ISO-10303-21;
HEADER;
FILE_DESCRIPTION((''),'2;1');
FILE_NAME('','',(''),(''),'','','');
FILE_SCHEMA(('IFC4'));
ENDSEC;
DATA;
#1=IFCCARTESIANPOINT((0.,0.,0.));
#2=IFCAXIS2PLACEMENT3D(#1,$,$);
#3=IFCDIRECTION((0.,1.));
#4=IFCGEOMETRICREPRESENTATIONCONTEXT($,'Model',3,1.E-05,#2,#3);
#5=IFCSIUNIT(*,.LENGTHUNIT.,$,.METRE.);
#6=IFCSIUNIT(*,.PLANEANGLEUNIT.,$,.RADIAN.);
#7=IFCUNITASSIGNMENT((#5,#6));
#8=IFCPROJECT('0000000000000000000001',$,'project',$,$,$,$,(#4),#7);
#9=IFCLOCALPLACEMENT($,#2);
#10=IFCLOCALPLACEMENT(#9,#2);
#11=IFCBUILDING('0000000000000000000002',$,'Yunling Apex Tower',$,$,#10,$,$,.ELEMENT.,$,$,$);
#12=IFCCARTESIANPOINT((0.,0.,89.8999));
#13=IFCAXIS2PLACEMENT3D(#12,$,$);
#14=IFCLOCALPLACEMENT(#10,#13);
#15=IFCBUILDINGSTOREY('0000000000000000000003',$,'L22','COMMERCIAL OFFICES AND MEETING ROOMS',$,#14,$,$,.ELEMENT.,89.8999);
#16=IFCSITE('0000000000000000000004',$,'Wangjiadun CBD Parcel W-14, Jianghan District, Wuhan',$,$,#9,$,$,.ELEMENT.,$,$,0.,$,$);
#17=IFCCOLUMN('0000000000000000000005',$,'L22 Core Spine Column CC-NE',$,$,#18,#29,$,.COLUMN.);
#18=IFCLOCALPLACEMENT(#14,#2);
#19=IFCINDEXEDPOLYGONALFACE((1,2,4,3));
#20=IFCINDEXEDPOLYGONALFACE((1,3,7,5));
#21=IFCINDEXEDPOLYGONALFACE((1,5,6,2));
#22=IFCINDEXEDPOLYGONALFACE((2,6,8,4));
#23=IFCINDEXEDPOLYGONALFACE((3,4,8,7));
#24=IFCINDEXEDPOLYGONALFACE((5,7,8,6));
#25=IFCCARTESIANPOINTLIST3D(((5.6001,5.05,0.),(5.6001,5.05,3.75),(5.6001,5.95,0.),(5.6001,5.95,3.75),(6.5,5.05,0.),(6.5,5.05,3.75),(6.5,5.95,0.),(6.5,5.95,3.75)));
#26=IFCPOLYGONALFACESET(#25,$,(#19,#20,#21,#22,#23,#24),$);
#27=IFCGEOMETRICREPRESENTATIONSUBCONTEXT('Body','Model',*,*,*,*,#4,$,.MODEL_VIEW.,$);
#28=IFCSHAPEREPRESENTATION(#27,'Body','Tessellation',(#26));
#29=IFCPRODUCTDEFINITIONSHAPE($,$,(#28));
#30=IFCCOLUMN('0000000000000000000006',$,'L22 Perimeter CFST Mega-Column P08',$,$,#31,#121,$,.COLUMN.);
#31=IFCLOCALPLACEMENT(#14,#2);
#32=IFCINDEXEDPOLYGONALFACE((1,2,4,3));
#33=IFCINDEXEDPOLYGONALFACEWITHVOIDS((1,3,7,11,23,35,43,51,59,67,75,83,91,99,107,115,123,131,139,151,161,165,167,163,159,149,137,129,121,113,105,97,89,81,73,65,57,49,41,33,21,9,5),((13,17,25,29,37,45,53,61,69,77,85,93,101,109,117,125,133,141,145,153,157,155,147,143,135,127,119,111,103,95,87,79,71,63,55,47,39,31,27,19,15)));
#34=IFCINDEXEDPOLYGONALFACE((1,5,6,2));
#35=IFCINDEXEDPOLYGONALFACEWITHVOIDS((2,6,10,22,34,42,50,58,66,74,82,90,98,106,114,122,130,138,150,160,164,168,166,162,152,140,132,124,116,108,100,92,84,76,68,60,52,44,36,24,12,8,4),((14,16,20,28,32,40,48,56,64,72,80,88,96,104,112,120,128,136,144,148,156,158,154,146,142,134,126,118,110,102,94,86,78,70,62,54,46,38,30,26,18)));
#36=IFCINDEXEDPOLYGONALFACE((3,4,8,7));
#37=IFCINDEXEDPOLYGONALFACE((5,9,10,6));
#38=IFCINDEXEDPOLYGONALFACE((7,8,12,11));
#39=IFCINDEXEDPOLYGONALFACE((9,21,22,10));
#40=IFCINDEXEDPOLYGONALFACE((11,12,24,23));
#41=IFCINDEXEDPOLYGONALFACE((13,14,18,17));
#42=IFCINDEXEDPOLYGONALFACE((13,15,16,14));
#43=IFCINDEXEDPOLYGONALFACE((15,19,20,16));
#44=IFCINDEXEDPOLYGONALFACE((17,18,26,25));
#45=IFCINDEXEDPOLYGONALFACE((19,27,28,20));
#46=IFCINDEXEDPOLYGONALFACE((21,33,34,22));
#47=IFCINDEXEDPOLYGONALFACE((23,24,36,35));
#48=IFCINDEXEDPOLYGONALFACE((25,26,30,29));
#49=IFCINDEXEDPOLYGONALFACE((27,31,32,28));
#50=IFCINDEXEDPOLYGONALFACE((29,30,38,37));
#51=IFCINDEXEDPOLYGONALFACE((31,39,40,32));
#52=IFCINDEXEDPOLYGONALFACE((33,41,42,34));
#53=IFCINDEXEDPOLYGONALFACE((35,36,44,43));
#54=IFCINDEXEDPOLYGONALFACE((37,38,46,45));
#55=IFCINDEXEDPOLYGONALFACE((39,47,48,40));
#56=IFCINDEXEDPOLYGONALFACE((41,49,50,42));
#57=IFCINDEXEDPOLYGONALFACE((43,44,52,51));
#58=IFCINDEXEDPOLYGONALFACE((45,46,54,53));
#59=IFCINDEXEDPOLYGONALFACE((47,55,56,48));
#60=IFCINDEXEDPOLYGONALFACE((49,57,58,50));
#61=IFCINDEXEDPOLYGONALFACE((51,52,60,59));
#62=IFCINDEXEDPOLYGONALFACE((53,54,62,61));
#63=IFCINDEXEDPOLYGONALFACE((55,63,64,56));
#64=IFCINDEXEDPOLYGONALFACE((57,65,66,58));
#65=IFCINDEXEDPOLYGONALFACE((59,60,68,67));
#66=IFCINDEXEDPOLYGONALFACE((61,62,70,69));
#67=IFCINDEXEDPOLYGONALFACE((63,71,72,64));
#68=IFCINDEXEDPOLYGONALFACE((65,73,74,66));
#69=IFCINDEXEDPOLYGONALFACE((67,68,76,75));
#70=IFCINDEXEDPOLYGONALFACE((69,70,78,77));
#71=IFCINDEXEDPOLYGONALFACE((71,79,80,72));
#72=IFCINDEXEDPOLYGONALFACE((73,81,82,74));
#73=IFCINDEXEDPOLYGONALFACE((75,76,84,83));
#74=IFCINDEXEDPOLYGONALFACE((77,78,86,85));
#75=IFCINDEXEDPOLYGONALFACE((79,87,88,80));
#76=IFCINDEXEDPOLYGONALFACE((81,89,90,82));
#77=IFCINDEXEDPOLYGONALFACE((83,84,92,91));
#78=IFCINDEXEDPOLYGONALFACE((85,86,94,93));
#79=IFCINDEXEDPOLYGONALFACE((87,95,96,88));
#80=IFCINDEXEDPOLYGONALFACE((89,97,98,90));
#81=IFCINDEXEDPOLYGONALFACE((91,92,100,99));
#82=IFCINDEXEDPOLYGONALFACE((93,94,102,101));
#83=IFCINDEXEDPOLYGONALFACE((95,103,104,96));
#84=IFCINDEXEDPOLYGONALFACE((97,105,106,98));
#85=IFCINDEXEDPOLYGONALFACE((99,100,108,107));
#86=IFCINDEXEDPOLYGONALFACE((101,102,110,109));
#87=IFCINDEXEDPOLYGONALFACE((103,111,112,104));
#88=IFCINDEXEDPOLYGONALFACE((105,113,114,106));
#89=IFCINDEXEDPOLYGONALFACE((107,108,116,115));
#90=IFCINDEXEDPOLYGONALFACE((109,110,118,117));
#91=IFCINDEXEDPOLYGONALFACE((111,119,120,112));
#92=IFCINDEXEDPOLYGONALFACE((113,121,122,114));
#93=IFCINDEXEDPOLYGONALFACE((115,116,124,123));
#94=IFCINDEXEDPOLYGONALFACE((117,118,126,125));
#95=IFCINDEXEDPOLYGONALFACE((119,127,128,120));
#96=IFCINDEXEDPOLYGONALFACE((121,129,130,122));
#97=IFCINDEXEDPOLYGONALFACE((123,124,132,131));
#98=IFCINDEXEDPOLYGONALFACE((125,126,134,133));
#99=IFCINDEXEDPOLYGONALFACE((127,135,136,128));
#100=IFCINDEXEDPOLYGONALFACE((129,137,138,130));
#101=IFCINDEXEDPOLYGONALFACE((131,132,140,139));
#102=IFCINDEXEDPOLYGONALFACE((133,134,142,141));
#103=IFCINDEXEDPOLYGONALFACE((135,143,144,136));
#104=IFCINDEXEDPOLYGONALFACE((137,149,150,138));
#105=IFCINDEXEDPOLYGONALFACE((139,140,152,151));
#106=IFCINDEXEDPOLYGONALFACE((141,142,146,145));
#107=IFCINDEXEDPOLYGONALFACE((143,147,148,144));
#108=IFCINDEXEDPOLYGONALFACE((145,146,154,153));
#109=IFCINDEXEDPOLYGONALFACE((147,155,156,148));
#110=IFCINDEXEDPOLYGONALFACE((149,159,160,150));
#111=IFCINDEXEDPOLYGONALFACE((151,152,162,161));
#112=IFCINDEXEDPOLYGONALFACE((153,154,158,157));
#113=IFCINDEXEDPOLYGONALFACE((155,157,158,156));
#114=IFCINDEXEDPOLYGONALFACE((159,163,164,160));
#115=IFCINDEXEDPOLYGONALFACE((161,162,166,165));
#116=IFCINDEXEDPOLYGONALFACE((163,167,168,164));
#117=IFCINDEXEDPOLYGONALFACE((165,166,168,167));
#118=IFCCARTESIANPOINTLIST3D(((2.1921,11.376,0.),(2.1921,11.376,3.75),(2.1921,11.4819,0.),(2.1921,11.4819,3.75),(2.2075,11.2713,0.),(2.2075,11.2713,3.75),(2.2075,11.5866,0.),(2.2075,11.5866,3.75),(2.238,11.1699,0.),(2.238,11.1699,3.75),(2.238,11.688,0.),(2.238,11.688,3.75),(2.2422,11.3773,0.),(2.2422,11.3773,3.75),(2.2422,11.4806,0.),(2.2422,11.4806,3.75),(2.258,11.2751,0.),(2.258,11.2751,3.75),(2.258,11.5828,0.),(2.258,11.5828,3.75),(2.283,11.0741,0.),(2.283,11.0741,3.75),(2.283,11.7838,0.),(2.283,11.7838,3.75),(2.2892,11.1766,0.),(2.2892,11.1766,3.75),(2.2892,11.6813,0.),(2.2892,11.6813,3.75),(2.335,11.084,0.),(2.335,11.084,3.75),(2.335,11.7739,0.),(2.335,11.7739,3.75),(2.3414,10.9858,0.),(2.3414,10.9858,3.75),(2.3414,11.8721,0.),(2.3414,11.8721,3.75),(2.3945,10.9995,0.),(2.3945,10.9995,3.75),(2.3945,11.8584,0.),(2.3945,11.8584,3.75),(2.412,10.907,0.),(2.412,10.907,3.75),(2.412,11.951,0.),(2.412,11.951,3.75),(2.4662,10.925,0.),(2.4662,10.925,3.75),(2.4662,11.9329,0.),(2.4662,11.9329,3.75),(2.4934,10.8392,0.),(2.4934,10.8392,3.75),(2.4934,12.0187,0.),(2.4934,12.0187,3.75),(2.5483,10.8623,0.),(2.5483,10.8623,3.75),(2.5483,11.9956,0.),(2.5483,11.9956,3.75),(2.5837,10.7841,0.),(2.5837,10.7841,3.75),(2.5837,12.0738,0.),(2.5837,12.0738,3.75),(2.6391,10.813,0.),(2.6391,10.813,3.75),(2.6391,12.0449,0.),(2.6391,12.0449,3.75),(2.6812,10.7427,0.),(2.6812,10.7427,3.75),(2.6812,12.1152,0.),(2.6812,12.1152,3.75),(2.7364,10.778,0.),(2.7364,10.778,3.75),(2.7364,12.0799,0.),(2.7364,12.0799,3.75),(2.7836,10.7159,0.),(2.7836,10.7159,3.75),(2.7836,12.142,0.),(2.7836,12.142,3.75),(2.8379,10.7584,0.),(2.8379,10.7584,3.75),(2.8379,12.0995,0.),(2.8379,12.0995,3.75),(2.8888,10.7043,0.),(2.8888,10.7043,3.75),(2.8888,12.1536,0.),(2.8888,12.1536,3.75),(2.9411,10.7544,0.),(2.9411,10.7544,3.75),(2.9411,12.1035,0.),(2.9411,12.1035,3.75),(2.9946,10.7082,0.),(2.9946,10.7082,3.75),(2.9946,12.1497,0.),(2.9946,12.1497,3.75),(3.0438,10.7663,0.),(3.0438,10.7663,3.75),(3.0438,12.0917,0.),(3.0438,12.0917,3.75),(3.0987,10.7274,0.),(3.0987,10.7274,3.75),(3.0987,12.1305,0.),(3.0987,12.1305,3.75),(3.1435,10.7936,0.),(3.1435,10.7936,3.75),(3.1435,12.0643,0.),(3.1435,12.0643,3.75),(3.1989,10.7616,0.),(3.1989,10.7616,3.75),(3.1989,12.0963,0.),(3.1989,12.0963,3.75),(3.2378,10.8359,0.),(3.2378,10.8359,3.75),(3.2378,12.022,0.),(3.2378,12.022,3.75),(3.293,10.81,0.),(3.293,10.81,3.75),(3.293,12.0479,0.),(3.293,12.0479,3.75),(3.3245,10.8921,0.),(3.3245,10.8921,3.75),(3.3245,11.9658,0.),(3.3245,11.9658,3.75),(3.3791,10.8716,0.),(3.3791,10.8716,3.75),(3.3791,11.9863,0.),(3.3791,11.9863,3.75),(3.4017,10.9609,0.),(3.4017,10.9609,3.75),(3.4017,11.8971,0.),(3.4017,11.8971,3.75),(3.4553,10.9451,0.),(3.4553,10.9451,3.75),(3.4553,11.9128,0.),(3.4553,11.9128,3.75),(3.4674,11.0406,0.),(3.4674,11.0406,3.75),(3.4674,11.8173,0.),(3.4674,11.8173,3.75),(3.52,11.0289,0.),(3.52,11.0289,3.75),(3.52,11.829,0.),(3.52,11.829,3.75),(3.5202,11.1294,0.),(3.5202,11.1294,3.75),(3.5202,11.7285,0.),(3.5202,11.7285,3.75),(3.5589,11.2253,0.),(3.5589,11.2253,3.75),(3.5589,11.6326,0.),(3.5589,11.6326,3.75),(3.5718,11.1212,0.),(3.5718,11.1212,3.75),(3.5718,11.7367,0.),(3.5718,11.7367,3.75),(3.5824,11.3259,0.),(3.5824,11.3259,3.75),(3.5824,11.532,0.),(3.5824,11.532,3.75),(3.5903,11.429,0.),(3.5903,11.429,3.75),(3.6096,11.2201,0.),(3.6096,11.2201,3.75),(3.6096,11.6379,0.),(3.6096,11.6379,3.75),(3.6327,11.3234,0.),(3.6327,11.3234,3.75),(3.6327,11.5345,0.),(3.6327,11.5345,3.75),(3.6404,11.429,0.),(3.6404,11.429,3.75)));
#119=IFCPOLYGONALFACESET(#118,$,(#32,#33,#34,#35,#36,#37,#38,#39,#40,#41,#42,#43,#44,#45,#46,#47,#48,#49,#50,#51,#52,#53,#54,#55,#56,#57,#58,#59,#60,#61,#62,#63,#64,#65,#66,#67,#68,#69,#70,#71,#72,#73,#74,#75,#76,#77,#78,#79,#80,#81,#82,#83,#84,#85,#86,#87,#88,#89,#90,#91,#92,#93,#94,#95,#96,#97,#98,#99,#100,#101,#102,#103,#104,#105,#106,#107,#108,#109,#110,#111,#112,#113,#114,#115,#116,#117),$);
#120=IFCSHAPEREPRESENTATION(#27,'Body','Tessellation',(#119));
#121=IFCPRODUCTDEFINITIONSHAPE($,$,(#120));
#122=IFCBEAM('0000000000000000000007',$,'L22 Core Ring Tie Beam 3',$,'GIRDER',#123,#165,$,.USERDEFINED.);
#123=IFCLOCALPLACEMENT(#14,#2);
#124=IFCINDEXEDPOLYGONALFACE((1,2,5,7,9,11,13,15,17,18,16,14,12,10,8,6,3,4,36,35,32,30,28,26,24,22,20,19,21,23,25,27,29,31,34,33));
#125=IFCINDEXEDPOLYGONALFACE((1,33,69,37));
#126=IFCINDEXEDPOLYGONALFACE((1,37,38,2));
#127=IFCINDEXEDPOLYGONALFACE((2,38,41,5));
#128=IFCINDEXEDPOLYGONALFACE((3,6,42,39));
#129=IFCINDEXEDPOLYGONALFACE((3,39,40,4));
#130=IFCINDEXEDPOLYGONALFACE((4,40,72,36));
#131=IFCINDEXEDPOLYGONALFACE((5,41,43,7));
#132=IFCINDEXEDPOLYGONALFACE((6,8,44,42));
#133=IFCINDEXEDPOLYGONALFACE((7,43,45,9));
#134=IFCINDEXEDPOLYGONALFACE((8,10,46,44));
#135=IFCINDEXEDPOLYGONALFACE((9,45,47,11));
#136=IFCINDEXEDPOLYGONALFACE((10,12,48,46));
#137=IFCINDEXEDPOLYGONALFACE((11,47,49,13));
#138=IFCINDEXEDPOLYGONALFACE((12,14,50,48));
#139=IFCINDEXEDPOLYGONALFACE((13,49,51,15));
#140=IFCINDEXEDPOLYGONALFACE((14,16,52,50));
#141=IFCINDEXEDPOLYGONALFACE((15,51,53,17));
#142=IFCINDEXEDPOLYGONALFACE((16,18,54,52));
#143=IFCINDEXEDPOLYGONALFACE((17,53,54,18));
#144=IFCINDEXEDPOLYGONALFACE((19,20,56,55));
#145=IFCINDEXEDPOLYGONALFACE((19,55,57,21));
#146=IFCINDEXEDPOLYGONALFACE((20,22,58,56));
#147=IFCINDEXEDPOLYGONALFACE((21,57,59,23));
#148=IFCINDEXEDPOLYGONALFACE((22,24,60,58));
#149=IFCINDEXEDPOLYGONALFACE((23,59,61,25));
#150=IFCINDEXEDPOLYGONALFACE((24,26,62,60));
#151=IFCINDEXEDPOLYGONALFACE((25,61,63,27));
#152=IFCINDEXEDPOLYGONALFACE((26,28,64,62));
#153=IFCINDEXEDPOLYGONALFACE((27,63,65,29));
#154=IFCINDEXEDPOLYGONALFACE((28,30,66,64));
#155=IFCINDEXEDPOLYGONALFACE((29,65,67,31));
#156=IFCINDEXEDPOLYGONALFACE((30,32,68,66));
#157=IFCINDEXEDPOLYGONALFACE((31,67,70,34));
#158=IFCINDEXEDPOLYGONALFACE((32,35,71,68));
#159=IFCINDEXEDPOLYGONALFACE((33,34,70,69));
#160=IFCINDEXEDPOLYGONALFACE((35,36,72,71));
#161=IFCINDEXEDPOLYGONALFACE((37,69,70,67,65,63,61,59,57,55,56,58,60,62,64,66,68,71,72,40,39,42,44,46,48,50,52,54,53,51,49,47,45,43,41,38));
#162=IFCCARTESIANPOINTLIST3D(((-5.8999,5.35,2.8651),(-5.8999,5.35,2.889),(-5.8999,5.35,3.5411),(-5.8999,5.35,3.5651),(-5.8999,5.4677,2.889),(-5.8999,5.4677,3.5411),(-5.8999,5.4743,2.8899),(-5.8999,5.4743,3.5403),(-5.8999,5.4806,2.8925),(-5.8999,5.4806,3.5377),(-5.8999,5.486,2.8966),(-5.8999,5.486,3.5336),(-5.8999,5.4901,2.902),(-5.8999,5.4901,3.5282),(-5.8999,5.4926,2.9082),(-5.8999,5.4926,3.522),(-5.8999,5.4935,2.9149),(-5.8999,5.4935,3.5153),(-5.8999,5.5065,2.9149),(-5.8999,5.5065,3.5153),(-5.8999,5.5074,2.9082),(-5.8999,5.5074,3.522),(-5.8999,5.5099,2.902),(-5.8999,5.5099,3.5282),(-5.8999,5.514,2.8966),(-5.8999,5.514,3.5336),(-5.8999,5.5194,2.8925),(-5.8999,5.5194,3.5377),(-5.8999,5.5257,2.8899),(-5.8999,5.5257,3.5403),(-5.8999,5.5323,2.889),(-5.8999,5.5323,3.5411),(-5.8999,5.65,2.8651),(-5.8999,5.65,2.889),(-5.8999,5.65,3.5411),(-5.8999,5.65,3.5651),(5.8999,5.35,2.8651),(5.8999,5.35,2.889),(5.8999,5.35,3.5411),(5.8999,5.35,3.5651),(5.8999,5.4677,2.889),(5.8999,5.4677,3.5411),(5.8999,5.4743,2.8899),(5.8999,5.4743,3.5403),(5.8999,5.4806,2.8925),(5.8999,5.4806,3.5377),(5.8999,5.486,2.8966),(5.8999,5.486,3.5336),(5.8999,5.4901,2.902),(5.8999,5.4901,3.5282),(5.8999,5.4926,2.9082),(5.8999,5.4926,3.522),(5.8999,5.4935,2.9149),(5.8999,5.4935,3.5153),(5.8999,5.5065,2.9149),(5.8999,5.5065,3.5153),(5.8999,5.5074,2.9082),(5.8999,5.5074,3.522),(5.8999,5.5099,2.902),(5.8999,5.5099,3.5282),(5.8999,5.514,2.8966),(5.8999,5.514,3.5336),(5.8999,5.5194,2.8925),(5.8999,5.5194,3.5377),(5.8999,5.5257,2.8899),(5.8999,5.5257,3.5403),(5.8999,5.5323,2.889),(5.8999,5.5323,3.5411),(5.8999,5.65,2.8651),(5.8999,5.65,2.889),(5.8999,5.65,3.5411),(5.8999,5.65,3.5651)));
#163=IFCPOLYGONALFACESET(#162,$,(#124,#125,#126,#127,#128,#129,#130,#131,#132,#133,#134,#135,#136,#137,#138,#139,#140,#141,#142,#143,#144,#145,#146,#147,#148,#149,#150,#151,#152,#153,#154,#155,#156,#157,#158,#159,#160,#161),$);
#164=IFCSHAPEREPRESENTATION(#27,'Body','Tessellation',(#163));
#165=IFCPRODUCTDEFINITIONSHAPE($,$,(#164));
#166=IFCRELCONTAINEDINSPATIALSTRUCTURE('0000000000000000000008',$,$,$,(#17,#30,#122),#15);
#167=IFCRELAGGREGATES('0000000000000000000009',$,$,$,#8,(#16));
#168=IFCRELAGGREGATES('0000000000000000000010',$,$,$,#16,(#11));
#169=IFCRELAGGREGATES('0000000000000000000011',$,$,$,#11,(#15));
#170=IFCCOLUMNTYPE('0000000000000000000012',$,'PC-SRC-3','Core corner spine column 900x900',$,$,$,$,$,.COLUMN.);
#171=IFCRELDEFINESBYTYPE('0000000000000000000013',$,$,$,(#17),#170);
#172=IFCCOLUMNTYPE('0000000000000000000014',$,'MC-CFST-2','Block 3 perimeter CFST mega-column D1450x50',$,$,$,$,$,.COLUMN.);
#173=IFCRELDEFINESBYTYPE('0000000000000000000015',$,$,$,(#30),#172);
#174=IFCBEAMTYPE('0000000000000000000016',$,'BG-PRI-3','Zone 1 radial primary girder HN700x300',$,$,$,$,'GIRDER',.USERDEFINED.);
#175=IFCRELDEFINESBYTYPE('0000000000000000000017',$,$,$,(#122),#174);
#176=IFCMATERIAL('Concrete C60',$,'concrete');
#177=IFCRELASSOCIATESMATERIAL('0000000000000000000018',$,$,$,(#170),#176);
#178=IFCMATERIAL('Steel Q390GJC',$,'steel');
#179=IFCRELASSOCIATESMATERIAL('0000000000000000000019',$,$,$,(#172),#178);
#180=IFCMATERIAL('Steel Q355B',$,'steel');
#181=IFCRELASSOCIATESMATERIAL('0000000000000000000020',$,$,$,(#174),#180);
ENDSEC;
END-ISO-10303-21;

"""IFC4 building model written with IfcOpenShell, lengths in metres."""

from ifc_helpers import new_model, si_unit, direction, frame, origin, origin_2d, place, context, subcontext, project, spatial, rectangle, hollow_circle, i_section, extrude, source, transform, mapped, material, material_profile, profile_set, type_object, element, save


model = new_model("IFC4")

# Units and contexts
model_context = context("Model", 3, precision=1e-05, world=origin(), true_north=direction((0.0, 1.0)))
body_context = subcontext(model_context, "Body", "Model", "MODEL_VIEW")
ifc_project = project(units=[si_unit("LENGTHUNIT", "METRE"), si_unit("PLANEANGLEUNIT", "RADIAN")], contexts=[model_context])

# Site, building, storey
site_placement = place(None, origin())
site = spatial("IfcSite", under=ifc_project, at=site_placement, Name="Wangjiadun CBD Parcel W-14, Jianghan District, Wuhan", CompositionType="ELEMENT", RefElevation=0.0)
building_placement = place(site_placement, origin())
building = spatial("IfcBuilding", under=site, at=building_placement, Name="Yunling Apex Tower", CompositionType="ELEMENT")
storey_placement = place(building_placement, frame((0.0, 0.0, 89.8999)))
storey = spatial("IfcBuildingStorey", under=building, at=storey_placement, Name="L22", Description="COMMERCIAL OFFICES AND MEETING ROOMS", CompositionType="ELEMENT", Elevation=89.8999)

# Columns
ifc_material_1 = material(Name="Concrete C60", Category="concrete")
ifc_material_profile_1 = material_profile(ifc_material_1, rectangle(XDim=0.8999, YDim=0.8999, at=origin_2d()))
ifc_profile_set_1 = profile_set([ifc_material_profile_1], Name="Concrete C60")
column_type_1 = type_object("IfcColumnType", Name="PC-SRC-3", Description="Core corner spine column 900x900", PredefinedType="COLUMN", material=ifc_profile_set_1)
shared_shape_1 = source(origin(), body_context, "Body", "SweptSolid", [
    extrude(rectangle(XDim=0.8999, YDim=0.8999, at=origin_2d()), origin(), (0.0, 0.0, 1.0), 3.75),
])
column_1_placement = place(storey_placement, frame((6.05, 5.5, 0.0), z_axis=(0.0, 0.0, 1.0), x_axis=(1.0, 0.0, 0.0)))
element("IfcColumn", 1, at=column_1_placement, inside=storey, type_object=column_type_1, Name="L22 Core Spine Column CC-NE", PredefinedType="COLUMN", context=body_context, shape_type="MappedRepresentation", body=[
    mapped(shared_shape_1, transform((0.0, 0.0, 0.0), scale=1.0)),
])
ifc_material_2 = material(Name="Steel Q390GJC", Category="steel")
ifc_material_profile_2 = material_profile(ifc_material_2, hollow_circle(Radius=0.7251, WallThickness=0.05, at=origin_2d()))
ifc_profile_set_2 = profile_set([ifc_material_profile_2], Name="Steel Q390GJC")
column_type_2 = type_object("IfcColumnType", Name="MC-CFST-2", Description="Block 3 perimeter CFST mega-column D1450x50", PredefinedType="COLUMN", material=ifc_profile_set_2)
shared_shape_2 = source(origin(), body_context, "Body", "SweptSolid", [
    extrude(hollow_circle(Radius=0.7251, WallThickness=0.05, at=origin_2d()), origin(), (0.0, 0.0, 1.0), 3.75),
])
column_2_placement = place(storey_placement, frame((2.9153, 11.429, 0.0), z_axis=(0.0, 0.0, 1.0), x_axis=(1.0, 0.0, 0.0)))
element("IfcColumn", 2, at=column_2_placement, inside=storey, type_object=column_type_2, Name="L22 Perimeter CFST Mega-Column P08", PredefinedType="COLUMN", context=body_context, shape_type="MappedRepresentation", body=[
    mapped(shared_shape_2, transform((0.0, 0.0, 0.0), scale=1.0)),
])

# Beam
ifc_material_3 = material(Name="Steel Q355B", Category="steel")
ifc_material_profile_3 = material_profile(ifc_material_3, i_section(OverallWidth=0.3, OverallDepth=0.7, WebThickness=0.0129, FlangeThickness=0.0239, FilletRadius=0.0259, at=origin_2d()))
ifc_profile_set_3 = profile_set([ifc_material_profile_3], Name="Steel Q355B")
beam_type_1 = type_object("IfcBeamType", Name="BG-PRI-3", Description="Zone 1 radial primary girder HN700x300", ElementType="GIRDER", PredefinedType="USERDEFINED", material=ifc_profile_set_3)
shared_shape_3 = source(origin(), body_context, "Body", "SweptSolid", [
    extrude(i_section(OverallWidth=0.3, OverallDepth=0.7, WebThickness=0.0129, FlangeThickness=0.0239, FilletRadius=0.0259, at=origin_2d()), origin(), (0.0, 0.0, 1.0), 11.7998),
])
beam_1_placement = place(storey_placement, frame((5.8999, 5.5, 3.2151), z_axis=(-1.0, 0.0, 0.0), x_axis=(0.0, -1.0, 0.0)))
element("IfcBeam", 3, at=beam_1_placement, inside=storey, type_object=beam_type_1, Name="L22 Core Ring Tie Beam 3", ObjectType="GIRDER", PredefinedType="USERDEFINED", context=body_context, shape_type="MappedRepresentation", body=[
    mapped(shared_shape_3, transform((0.0, 0.0, 0.0), scale=1.0)),
])

save(model, "model.ifc")
